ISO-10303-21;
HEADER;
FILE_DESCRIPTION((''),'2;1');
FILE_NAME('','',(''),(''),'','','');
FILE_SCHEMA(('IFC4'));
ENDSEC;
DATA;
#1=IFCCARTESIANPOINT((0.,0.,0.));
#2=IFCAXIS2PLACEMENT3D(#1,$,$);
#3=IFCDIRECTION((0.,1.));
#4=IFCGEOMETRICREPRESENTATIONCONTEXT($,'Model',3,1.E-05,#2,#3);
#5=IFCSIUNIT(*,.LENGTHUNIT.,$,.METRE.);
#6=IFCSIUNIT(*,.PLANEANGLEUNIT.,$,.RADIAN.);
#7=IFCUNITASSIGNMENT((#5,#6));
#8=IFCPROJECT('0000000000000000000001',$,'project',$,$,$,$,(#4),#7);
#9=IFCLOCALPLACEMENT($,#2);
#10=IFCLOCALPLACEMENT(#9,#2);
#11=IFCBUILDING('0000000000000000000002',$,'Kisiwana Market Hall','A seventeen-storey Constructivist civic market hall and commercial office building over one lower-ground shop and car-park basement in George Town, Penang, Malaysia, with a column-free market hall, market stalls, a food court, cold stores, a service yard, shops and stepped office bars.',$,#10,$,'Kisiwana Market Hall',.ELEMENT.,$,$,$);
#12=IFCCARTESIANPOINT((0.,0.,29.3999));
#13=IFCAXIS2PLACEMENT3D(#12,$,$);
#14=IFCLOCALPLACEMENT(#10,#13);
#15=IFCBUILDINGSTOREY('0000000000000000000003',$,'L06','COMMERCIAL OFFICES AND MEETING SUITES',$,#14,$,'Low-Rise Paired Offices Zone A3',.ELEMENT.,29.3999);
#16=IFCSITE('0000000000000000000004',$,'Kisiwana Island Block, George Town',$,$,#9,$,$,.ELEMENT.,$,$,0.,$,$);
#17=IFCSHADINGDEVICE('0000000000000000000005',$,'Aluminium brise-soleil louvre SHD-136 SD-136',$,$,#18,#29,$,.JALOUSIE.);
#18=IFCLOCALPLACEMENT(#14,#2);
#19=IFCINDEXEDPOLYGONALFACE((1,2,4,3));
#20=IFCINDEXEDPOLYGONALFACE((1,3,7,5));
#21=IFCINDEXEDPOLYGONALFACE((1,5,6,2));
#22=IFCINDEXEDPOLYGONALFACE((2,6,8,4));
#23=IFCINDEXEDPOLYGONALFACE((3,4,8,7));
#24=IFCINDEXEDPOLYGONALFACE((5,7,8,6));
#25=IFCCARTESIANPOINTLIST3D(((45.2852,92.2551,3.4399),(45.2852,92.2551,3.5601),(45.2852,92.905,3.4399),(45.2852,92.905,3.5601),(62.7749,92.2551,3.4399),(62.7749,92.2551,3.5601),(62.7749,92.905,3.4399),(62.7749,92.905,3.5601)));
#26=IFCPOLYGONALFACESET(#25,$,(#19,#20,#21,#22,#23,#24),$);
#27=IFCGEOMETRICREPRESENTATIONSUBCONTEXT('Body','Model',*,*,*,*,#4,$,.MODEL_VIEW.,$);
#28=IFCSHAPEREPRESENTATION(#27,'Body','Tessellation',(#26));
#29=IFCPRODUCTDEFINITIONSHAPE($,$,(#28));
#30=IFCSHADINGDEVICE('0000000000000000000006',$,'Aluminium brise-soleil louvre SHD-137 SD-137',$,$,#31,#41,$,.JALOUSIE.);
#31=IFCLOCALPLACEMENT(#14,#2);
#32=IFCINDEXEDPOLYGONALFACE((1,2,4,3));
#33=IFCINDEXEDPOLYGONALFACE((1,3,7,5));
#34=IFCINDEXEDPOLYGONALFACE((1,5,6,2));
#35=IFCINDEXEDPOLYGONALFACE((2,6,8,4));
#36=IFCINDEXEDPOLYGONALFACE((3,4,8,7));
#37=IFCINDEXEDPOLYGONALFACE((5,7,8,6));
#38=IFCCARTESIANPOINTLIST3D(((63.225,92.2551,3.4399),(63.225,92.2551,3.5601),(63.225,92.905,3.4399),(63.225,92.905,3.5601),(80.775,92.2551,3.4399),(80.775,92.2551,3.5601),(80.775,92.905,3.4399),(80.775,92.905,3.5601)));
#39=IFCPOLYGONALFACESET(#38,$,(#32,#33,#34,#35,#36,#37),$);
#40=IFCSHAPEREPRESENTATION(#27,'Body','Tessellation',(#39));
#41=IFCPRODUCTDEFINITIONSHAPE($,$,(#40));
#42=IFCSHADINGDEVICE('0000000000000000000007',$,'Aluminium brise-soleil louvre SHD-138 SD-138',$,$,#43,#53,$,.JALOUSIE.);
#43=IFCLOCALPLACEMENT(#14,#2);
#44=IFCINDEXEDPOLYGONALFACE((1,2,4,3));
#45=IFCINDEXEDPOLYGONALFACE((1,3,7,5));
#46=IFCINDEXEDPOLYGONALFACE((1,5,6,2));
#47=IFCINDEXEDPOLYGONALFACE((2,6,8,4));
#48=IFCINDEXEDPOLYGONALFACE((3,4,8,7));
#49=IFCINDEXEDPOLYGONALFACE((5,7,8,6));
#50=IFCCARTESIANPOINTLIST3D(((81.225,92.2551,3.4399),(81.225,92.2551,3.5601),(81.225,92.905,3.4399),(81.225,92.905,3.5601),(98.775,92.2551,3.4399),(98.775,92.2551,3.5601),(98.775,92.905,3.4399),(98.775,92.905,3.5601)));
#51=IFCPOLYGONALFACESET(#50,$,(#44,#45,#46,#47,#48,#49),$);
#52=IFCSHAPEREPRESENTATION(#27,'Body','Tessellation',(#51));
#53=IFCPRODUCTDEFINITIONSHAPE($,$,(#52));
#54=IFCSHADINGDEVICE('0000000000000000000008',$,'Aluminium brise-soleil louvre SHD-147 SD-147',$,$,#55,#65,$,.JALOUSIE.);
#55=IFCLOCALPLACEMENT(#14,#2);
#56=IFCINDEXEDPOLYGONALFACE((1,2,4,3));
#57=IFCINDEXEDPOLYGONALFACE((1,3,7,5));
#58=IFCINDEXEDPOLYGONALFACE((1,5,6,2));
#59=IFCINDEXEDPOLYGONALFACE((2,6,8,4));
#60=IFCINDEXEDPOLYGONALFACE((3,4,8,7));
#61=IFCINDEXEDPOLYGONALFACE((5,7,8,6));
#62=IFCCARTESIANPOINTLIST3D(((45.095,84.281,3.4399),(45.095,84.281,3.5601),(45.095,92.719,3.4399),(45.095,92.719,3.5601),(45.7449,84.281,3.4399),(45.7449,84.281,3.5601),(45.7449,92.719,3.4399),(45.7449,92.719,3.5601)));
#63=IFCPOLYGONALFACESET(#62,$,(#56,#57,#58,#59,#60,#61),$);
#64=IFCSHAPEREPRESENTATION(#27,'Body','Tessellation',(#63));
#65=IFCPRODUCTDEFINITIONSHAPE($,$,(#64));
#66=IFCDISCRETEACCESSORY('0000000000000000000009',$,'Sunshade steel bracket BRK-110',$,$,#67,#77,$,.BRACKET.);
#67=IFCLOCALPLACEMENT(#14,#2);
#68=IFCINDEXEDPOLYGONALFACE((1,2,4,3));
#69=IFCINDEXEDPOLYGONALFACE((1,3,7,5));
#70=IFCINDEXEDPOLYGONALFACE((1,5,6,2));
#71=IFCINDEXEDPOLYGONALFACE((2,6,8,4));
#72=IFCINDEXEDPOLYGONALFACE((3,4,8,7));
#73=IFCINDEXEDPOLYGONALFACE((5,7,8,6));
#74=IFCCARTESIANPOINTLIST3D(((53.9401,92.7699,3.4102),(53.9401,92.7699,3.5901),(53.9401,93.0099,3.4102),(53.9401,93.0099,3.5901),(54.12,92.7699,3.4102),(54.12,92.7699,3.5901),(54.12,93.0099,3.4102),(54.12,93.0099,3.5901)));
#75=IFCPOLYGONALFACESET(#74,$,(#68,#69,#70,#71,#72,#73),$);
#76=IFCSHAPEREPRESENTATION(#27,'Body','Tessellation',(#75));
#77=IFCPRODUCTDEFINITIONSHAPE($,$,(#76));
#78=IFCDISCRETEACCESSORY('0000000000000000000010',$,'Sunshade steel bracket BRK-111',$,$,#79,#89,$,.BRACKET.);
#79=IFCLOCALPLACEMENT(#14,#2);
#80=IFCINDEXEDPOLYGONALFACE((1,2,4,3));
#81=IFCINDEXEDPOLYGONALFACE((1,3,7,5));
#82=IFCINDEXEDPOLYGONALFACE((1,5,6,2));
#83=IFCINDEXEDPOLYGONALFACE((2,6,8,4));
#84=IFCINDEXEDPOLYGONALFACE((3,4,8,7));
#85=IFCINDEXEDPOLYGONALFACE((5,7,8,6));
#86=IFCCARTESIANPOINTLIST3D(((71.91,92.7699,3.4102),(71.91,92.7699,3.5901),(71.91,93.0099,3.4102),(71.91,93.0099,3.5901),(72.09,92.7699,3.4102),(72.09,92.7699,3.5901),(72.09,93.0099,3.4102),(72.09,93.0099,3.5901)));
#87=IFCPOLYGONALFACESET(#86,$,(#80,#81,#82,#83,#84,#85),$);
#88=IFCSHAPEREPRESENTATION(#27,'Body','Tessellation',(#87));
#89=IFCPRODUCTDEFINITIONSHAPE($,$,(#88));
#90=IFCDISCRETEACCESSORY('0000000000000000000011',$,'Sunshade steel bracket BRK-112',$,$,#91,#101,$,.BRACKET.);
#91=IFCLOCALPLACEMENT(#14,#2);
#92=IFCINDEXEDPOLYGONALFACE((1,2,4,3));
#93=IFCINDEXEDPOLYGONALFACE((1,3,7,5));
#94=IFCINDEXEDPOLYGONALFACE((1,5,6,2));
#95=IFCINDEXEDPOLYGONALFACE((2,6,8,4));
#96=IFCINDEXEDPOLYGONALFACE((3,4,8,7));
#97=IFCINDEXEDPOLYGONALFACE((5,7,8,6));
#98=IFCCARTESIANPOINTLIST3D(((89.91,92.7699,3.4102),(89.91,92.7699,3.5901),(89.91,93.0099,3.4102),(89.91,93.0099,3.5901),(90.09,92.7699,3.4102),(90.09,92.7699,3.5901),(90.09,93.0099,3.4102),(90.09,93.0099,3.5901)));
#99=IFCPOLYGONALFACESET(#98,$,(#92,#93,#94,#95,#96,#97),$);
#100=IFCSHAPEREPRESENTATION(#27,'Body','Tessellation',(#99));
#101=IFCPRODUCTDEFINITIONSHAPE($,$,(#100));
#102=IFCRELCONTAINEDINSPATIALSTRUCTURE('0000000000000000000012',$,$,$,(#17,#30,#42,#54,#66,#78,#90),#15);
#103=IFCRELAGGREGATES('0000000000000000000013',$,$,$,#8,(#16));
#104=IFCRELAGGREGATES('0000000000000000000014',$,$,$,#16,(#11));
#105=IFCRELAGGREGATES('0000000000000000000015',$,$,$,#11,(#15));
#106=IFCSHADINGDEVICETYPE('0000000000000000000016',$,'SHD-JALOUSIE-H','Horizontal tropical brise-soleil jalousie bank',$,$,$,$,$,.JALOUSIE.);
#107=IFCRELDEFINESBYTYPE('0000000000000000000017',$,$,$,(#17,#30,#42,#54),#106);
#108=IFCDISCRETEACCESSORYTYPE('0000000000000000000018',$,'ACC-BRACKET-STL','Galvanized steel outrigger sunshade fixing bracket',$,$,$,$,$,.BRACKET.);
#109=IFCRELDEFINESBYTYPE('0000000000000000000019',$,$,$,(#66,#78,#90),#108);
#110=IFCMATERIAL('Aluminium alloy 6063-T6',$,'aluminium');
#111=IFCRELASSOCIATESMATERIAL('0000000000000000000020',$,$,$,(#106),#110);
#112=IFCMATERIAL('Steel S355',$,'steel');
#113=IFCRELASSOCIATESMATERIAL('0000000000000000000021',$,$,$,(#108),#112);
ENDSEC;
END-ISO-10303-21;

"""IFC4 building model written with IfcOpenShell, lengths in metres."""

from ifc_helpers import new_model, si_unit, direction, frame, origin, origin_2d, place, context, subcontext, project, spatial, rectangle, extrude, material, type_object, element, save


model = new_model("IFC4")

# Units and contexts
model_context = context("Model", 3, precision=1e-05, world=origin(), true_north=direction((0.0, 1.0)))
body_context = subcontext(model_context, "Body", "Model", "MODEL_VIEW")
ifc_project = project(units=[si_unit("LENGTHUNIT", "METRE"), si_unit("PLANEANGLEUNIT", "RADIAN")], contexts=[model_context])

# Site, building, storey
site_placement = place(None, origin())
site = spatial("IfcSite", under=ifc_project, at=site_placement, Name="Kisiwana Island Block, George Town", CompositionType="ELEMENT", RefElevation=0.0)
building_placement = place(site_placement, origin())
building = spatial("IfcBuilding", under=site, at=building_placement, Name="Kisiwana Market Hall", Description="A seventeen-storey Constructivist civic market hall and commercial office building over one lower-ground shop and car-park basement in George Town, Penang, Malaysia, with a column-free market hall, market stalls, a food court, cold stores, a service yard, shops and stepped office bars.", LongName="Kisiwana Market Hall", CompositionType="ELEMENT")
storey_placement = place(building_placement, frame((0.0, 0.0, 29.3999)))
storey = spatial("IfcBuildingStorey", under=building, at=storey_placement, Name="L06", Description="COMMERCIAL OFFICES AND MEETING SUITES", LongName="Low-Rise Paired Offices Zone A3", CompositionType="ELEMENT", Elevation=29.3999)

# Shading devices
ifc_material_1 = material(Name="Aluminium alloy 6063-T6", Category="aluminium")
shading_device_type = type_object("IfcShadingDeviceType", Name="SHD-JALOUSIE-H", Description="Horizontal tropical brise-soleil jalousie bank", PredefinedType="JALOUSIE", material=ifc_material_1)
shading_device_1_placement = place(storey_placement, frame((54.03, 92.5801, 3.4399), z_axis=(0.0, 0.0, 1.0), x_axis=(1.0, 0.0, 0.0)))
element("IfcShadingDevice", 1, at=shading_device_1_placement, inside=storey, type_object=shading_device_type, Name="Aluminium brise-soleil louvre SHD-136 SD-136", PredefinedType="JALOUSIE", context=body_context, shape_type="SweptSolid", body=[
    extrude(rectangle(XDim=17.4897, YDim=0.6499, at=origin_2d()), origin(), (0.0, 0.0, 1.0), 0.1201),
])
for number, where, z_axis, x_axis, name in (
    (2, (72.0, 92.5801, 3.4399), (0.0, 0.0, 1.0), (1.0, 0.0, 0.0), "Aluminium brise-soleil louvre SHD-137 SD-137"),
    (3, (90.0, 92.5801, 3.4399), (0.0, 0.0, 1.0), (1.0, 0.0, 0.0), "Aluminium brise-soleil louvre SHD-138 SD-138"),
):
    element("IfcShadingDevice", number, at=place(storey_placement, frame(where, z_axis=z_axis, x_axis=x_axis)), inside=storey, type_object=shading_device_type, Name=name, PredefinedType="JALOUSIE", context=body_context, shape_type="SweptSolid", body=[
        extrude(rectangle(XDim=17.55, YDim=0.6499, at=origin_2d()), origin(), (0.0, 0.0, 1.0), 0.1201),
    ])
shading_device_2_placement = place(storey_placement, frame((45.4199, 88.5, 3.4399), z_axis=(0.0, 0.0, 1.0), x_axis=(0.0, 1.0, 0.0)))
element("IfcShadingDevice", 4, at=shading_device_2_placement, inside=storey, type_object=shading_device_type, Name="Aluminium brise-soleil louvre SHD-147 SD-147", PredefinedType="JALOUSIE", context=body_context, shape_type="SweptSolid", body=[
    extrude(rectangle(XDim=8.438, YDim=0.6499, at=origin_2d()), origin(), (0.0, 0.0, 1.0), 0.1201),
])

# Discrete accessories
ifc_material_2 = material(Name="Steel S355", Category="steel")
discrete_accessory_type = type_object("IfcDiscreteAccessoryType", Name="ACC-BRACKET-STL", Description="Galvanized steel outrigger sunshade fixing bracket", PredefinedType="BRACKET", material=ifc_material_2)
for number, where, z_axis, x_axis, name in (
    (5, (54.03, 92.8899, 3.4102), (0.0, 0.0, 1.0), (1.0, 0.0, 0.0), "Sunshade steel bracket BRK-110"),
    (6, (72.0, 92.8899, 3.4102), (0.0, 0.0, 1.0), (1.0, 0.0, 0.0), "Sunshade steel bracket BRK-111"),
    (7, (90.0, 92.8899, 3.4102), (0.0, 0.0, 1.0), (1.0, 0.0, 0.0), "Sunshade steel bracket BRK-112"),
):
    element("IfcDiscreteAccessory", number, at=place(storey_placement, frame(where, z_axis=z_axis, x_axis=x_axis)), inside=storey, type_object=discrete_accessory_type, Name=name, PredefinedType="BRACKET", context=body_context, shape_type="SweptSolid", body=[
        extrude(rectangle(XDim=0.1799, YDim=0.24, at=origin_2d()), origin(), (0.0, 0.0, 1.0), 0.1799),
    ])

save(model, "model.ifc")
